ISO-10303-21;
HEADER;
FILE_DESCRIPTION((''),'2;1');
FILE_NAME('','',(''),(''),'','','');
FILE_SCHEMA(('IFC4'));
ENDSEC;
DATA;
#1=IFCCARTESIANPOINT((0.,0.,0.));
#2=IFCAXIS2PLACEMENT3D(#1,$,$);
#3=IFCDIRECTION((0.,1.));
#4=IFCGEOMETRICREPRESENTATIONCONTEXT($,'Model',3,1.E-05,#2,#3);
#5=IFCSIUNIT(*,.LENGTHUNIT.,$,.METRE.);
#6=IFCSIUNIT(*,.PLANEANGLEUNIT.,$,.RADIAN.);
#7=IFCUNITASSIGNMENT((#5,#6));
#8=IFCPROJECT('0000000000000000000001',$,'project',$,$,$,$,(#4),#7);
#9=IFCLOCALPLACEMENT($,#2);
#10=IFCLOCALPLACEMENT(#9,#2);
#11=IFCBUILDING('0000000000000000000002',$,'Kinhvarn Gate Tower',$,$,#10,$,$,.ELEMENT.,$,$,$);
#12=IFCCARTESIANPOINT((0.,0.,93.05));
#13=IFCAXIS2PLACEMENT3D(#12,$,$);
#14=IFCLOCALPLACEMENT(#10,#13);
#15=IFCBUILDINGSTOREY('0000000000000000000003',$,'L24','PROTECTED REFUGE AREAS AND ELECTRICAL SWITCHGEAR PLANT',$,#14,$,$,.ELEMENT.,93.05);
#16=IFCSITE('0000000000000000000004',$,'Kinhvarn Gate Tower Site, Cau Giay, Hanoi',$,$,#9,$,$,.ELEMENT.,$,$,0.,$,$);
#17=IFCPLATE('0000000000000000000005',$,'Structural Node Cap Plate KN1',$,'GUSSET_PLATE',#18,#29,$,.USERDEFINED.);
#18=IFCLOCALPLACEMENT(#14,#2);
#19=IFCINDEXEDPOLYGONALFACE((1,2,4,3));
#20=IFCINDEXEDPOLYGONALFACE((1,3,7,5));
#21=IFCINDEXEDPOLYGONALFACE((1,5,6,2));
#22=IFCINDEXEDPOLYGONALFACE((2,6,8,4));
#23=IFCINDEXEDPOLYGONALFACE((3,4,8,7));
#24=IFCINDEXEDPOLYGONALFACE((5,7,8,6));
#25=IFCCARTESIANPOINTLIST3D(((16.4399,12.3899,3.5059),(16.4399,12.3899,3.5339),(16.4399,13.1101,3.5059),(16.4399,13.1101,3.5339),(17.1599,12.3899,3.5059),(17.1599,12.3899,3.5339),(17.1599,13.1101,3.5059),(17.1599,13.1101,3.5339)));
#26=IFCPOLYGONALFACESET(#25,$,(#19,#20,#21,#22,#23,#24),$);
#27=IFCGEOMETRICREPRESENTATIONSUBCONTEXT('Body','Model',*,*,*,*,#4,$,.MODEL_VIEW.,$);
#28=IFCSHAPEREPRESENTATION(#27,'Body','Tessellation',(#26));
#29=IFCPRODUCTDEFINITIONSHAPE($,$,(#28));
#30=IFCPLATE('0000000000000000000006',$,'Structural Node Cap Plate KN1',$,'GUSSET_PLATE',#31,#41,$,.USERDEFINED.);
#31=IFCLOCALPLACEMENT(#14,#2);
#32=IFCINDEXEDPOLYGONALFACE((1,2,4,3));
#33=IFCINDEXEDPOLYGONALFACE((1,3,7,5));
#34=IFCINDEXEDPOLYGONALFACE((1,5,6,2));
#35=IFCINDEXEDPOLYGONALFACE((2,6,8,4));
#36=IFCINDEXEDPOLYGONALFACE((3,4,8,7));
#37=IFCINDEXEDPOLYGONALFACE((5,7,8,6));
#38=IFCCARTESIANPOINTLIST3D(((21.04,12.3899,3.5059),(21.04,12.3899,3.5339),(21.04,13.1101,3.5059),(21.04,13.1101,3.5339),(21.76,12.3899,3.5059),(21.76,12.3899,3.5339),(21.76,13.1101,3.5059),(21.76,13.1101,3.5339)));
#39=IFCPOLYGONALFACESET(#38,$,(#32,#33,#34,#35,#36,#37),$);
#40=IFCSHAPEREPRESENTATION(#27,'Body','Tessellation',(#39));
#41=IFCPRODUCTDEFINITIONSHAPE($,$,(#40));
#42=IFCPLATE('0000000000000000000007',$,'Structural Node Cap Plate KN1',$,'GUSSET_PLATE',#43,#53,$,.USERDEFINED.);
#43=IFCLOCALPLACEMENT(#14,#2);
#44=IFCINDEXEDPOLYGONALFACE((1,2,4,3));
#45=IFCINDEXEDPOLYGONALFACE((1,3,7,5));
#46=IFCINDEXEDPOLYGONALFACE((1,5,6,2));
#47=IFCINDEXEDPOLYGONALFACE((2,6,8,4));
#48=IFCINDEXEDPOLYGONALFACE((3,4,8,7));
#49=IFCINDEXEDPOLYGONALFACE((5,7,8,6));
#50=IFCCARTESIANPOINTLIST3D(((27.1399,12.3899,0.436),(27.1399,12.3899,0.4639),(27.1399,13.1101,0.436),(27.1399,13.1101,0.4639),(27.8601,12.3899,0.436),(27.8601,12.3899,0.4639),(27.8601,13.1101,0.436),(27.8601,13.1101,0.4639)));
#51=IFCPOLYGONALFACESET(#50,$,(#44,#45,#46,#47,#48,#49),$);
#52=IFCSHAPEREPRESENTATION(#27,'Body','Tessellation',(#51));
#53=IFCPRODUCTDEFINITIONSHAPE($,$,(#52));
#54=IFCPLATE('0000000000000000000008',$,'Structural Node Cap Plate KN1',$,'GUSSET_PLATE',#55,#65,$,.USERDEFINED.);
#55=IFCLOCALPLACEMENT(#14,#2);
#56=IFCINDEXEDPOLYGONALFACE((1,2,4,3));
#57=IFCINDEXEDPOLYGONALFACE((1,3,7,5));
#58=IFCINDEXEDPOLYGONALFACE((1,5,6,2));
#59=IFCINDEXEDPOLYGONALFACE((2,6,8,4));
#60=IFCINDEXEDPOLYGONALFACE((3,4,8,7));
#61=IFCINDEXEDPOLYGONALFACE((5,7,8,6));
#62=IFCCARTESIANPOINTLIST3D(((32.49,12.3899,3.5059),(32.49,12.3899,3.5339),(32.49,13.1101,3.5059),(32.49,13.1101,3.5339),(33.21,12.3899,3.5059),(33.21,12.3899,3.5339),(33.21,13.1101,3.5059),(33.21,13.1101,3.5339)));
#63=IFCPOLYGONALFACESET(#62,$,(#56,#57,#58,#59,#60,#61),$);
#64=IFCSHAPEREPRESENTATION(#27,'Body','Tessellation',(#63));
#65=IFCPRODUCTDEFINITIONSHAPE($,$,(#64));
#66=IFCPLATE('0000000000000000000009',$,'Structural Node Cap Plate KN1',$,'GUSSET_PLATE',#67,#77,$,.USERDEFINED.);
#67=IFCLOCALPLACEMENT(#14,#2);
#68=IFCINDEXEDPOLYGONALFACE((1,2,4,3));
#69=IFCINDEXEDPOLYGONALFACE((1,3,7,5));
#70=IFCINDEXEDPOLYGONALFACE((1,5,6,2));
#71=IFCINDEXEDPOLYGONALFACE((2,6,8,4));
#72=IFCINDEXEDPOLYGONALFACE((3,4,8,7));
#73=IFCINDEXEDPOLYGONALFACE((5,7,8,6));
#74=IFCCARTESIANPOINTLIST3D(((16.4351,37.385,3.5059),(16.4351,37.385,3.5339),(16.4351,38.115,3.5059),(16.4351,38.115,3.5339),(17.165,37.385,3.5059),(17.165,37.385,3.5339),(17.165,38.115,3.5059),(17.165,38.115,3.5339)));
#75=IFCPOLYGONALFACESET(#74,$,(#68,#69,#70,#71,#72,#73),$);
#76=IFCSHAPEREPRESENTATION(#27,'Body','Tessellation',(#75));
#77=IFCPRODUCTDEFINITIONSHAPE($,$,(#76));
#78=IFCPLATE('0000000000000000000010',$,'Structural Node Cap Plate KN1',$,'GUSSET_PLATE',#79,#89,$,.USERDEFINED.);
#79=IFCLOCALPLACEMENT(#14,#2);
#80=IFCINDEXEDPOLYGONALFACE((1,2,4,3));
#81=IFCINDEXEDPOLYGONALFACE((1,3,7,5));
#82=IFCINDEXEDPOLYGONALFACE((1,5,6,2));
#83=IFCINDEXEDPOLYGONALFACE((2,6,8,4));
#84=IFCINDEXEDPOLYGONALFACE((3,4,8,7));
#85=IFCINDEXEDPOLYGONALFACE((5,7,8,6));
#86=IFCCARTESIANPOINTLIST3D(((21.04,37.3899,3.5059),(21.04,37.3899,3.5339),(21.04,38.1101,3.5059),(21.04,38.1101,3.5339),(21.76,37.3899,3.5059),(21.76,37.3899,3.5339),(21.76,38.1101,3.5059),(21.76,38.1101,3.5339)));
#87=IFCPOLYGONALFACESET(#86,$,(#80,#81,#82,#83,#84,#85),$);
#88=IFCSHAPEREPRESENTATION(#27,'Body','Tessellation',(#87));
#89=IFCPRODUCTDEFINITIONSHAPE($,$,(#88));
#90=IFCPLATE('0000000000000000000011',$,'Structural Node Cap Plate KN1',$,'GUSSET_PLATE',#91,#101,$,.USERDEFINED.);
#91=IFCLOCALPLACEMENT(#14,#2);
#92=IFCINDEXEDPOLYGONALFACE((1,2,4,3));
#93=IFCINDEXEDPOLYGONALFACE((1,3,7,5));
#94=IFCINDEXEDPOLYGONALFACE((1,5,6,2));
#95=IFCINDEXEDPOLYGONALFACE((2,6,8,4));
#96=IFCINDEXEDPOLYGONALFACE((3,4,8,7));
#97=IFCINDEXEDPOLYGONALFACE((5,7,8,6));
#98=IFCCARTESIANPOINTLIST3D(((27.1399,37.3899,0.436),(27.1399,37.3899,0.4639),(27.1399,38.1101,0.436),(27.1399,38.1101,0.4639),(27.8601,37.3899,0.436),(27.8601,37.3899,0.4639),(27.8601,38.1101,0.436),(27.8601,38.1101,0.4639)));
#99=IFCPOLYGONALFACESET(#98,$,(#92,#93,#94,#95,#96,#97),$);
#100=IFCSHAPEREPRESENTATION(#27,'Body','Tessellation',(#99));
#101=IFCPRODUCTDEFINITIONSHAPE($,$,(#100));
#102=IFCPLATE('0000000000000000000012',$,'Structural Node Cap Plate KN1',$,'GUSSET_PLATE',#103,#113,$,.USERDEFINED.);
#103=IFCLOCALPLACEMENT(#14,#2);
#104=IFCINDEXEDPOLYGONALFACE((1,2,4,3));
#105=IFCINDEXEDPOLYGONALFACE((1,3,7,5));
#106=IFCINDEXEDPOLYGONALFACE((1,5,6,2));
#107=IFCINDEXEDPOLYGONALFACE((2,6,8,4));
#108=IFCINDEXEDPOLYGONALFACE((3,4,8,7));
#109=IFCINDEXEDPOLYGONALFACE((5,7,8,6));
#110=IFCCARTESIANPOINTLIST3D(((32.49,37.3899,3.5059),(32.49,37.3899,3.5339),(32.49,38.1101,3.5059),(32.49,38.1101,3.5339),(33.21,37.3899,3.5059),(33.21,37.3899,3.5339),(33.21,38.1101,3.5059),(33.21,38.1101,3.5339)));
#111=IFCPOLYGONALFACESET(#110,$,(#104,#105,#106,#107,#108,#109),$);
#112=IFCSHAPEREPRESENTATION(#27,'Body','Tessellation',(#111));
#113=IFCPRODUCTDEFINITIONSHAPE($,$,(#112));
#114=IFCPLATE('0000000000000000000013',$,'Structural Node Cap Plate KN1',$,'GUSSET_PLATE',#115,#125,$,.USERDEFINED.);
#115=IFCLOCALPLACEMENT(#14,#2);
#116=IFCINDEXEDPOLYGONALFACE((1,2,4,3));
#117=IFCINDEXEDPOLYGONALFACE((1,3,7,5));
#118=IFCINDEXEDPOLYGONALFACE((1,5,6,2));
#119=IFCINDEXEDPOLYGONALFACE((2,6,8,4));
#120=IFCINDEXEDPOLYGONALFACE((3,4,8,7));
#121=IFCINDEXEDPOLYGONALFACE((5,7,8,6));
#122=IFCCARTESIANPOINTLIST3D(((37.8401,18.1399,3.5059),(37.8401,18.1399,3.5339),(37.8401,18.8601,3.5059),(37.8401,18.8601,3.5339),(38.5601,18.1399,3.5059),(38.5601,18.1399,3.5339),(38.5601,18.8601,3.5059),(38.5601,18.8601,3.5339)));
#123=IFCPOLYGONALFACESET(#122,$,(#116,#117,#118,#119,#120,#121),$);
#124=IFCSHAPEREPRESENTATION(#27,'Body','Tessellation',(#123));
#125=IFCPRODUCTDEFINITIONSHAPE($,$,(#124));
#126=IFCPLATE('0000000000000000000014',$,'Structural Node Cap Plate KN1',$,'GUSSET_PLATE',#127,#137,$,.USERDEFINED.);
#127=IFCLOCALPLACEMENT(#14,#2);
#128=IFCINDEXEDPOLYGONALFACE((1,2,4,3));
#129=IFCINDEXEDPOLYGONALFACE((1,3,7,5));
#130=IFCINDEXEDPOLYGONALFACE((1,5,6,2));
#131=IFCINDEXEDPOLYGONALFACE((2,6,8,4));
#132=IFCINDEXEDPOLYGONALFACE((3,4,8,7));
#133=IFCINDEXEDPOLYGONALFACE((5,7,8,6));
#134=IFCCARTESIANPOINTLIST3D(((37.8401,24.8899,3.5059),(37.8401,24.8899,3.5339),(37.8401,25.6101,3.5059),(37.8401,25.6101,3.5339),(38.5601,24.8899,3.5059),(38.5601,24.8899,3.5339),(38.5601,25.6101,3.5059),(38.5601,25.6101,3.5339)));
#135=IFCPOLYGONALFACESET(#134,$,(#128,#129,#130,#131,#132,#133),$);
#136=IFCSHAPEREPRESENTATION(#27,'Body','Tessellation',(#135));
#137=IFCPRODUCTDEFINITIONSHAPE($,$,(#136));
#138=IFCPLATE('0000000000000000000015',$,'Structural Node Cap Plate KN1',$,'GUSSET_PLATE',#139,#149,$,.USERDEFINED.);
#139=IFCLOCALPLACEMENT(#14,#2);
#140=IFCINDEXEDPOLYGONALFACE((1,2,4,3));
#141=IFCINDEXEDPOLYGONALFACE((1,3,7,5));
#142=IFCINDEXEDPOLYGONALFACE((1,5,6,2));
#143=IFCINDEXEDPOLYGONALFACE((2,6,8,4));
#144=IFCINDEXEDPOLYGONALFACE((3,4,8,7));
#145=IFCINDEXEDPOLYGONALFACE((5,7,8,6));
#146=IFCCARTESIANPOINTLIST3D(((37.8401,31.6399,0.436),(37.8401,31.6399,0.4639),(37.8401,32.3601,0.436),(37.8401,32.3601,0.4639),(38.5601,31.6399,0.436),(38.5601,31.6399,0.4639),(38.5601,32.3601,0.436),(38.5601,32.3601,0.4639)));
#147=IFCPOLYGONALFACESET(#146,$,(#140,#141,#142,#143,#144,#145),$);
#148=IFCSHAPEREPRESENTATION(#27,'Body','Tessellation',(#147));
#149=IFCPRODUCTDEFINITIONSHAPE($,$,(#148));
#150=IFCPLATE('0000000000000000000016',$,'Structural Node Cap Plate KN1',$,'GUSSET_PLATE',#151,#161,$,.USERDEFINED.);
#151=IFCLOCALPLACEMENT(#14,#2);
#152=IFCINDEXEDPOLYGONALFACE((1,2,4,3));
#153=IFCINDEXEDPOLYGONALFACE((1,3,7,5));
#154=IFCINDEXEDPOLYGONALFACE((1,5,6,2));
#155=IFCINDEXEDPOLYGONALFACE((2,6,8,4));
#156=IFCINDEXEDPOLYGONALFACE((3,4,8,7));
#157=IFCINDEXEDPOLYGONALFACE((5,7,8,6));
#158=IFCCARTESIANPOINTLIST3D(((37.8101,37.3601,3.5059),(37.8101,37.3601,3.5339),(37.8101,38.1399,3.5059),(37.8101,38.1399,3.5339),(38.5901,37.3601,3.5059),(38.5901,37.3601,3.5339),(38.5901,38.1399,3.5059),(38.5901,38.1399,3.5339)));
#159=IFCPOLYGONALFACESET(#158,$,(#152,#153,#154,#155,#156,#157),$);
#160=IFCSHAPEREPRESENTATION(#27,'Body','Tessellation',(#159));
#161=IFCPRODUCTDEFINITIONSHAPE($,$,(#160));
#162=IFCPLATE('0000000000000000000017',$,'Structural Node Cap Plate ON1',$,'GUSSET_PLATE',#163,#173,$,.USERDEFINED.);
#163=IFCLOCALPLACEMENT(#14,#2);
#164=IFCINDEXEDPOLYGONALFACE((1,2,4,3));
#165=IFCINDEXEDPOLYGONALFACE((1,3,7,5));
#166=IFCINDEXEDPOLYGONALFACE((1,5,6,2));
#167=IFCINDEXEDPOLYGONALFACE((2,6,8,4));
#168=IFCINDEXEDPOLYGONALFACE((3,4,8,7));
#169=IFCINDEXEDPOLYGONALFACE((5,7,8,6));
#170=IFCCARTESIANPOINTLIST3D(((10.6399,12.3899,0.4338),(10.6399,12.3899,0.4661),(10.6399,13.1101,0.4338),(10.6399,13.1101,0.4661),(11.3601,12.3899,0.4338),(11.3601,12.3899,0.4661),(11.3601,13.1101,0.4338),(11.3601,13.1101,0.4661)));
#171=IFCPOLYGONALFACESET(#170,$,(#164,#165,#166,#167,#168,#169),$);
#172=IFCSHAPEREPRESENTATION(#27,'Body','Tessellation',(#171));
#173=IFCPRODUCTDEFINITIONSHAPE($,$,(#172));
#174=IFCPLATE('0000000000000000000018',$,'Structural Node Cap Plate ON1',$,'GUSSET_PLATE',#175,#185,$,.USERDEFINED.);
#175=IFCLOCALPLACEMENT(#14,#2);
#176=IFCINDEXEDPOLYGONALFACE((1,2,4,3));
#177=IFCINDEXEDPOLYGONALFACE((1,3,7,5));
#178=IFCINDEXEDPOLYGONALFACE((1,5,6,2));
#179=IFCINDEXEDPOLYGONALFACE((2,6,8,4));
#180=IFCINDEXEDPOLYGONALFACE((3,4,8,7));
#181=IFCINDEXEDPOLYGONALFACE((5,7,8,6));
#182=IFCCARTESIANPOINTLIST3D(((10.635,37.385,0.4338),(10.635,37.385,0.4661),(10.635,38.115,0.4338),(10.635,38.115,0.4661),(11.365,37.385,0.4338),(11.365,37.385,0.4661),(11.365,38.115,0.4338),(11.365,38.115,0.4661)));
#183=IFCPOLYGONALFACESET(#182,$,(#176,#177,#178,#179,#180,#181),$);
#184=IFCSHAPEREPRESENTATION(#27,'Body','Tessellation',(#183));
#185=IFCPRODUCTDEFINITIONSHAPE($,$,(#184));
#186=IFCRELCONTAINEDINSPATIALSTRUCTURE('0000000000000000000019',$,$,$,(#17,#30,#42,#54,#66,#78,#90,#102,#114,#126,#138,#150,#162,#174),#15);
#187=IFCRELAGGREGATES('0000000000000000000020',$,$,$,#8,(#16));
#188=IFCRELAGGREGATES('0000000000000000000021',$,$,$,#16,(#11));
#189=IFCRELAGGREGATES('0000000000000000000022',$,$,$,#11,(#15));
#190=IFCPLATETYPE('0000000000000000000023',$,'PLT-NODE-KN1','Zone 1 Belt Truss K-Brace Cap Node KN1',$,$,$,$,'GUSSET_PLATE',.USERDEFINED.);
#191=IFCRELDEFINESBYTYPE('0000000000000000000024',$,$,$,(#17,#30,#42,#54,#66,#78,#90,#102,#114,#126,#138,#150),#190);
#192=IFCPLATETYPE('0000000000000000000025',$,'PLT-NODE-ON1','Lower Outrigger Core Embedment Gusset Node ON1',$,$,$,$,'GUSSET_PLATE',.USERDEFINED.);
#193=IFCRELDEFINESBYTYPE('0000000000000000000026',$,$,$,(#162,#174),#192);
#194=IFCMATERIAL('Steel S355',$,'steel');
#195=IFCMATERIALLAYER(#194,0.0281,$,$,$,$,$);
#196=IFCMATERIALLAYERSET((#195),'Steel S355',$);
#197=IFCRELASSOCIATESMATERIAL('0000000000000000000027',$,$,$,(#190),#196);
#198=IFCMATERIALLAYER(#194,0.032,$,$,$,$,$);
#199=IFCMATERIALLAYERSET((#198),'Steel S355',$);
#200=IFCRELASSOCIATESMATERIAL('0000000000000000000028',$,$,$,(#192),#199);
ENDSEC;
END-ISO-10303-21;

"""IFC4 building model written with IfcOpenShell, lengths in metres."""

from ifc_helpers import new_model, si_unit, direction, frame, origin, place, context, subcontext, project, spatial, polyline, outline, extrude, material, layer, layer_set, type_object, element, save


model = new_model("IFC4")

# Units and contexts
model_context = context("Model", 3, precision=1e-05, world=origin(), true_north=direction((0.0, 1.0)))
body_context = subcontext(model_context, "Body", "Model", "MODEL_VIEW")
ifc_project = project(units=[si_unit("LENGTHUNIT", "METRE"), si_unit("PLANEANGLEUNIT", "RADIAN")], contexts=[model_context])

# Site, building, storey
site_placement = place(None, origin())
site = spatial("IfcSite", under=ifc_project, at=site_placement, Name="Kinhvarn Gate Tower Site, Cau Giay, Hanoi", CompositionType="ELEMENT", RefElevation=0.0)
building_placement = place(site_placement, origin())
building = spatial("IfcBuilding", under=site, at=building_placement, Name="Kinhvarn Gate Tower", CompositionType="ELEMENT")
storey_placement = place(building_placement, frame((0.0, 0.0, 93.05)))
storey = spatial("IfcBuildingStorey", under=building, at=storey_placement, Name="L24", Description="PROTECTED REFUGE AREAS AND ELECTRICAL SWITCHGEAR PLANT", CompositionType="ELEMENT", Elevation=93.05)

# Plates
ifc_material_1 = material(Name="Steel S355", Category="steel")
ifc_layer_1 = layer(ifc_material_1, 0.0281)
ifc_layer_set_1 = layer_set([ifc_layer_1], Name="Steel S355")
plate_type_1 = type_object("IfcPlateType", Name="PLT-NODE-KN1", Description="Zone 1 Belt Truss K-Brace Cap Node KN1", ElementType="GUSSET_PLATE", PredefinedType="USERDEFINED", material=ifc_layer_set_1)
plate_1_placement = place(storey_placement, frame((0.0, 0.0, 3.5059)))
element("IfcPlate", 1, at=plate_1_placement, inside=storey, type_object=plate_type_1, Name="Structural Node Cap Plate KN1", ObjectType="GUSSET_PLATE", PredefinedType="USERDEFINED", context=body_context, shape_type="SweptSolid", body=[
    extrude(outline(polyline([(16.4399, 12.3899), (17.1599, 12.3899), (17.1599, 13.1101), (16.4399, 13.1101), (16.4399, 12.3899)])), origin(), (0.0, 0.0, 1.0), 0.0281),
])
plate_2_placement = place(storey_placement, frame((0.0, 0.0, 3.5059)))
element("IfcPlate", 2, at=plate_2_placement, inside=storey, type_object=plate_type_1, Name="Structural Node Cap Plate KN1", ObjectType="GUSSET_PLATE", PredefinedType="USERDEFINED", context=body_context, shape_type="SweptSolid", body=[
    extrude(outline(polyline([(21.04, 12.3899), (21.76, 12.3899), (21.76, 13.1101), (21.04, 13.1101), (21.04, 12.3899)])), origin(), (0.0, 0.0, 1.0), 0.0281),
])
plate_3_placement = place(storey_placement, frame((0.0, 0.0, 0.436)))
element("IfcPlate", 3, at=plate_3_placement, inside=storey, type_object=plate_type_1, Name="Structural Node Cap Plate KN1", ObjectType="GUSSET_PLATE", PredefinedType="USERDEFINED", context=body_context, shape_type="SweptSolid", body=[
    extrude(outline(polyline([(27.1399, 12.3899), (27.8601, 12.3899), (27.8601, 13.1101), (27.1399, 13.1101), (27.1399, 12.3899)])), origin(), (0.0, 0.0, 1.0), 0.0278),
])
plate_4_placement = place(storey_placement, frame((0.0, 0.0, 3.5059)))
element("IfcPlate", 4, at=plate_4_placement, inside=storey, type_object=plate_type_1, Name="Structural Node Cap Plate KN1", ObjectType="GUSSET_PLATE", PredefinedType="USERDEFINED", context=body_context, shape_type="SweptSolid", body=[
    extrude(outline(polyline([(32.49, 12.3899), (33.21, 12.3899), (33.21, 13.1101), (32.49, 13.1101), (32.49, 12.3899)])), origin(), (0.0, 0.0, 1.0), 0.0281),
])
plate_5_placement = place(storey_placement, frame((0.0, 0.0, 3.5059)))
element("IfcPlate", 5, at=plate_5_placement, inside=storey, type_object=plate_type_1, Name="Structural Node Cap Plate KN1", ObjectType="GUSSET_PLATE", PredefinedType="USERDEFINED", context=body_context, shape_type="SweptSolid", body=[
    extrude(outline(polyline([(16.4351, 37.385), (17.165, 37.385), (17.165, 38.115), (16.4351, 38.115), (16.4351, 37.385)])), origin(), (0.0, 0.0, 1.0), 0.0281),
])
plate_6_placement = place(storey_placement, frame((0.0, 0.0, 3.5059)))
element("IfcPlate", 6, at=plate_6_placement, inside=storey, type_object=plate_type_1, Name="Structural Node Cap Plate KN1", ObjectType="GUSSET_PLATE", PredefinedType="USERDEFINED", context=body_context, shape_type="SweptSolid", body=[
    extrude(outline(polyline([(21.04, 37.3899), (21.76, 37.3899), (21.76, 38.1101), (21.04, 38.1101), (21.04, 37.3899)])), origin(), (0.0, 0.0, 1.0), 0.0281),
])
plate_7_placement = place(storey_placement, frame((0.0, 0.0, 0.436)))
element("IfcPlate", 7, at=plate_7_placement, inside=storey, type_object=plate_type_1, Name="Structural Node Cap Plate KN1", ObjectType="GUSSET_PLATE", PredefinedType="USERDEFINED", context=body_context, shape_type="SweptSolid", body=[
    extrude(outline(polyline([(27.1399, 37.3899), (27.8601, 37.3899), (27.8601, 38.1101), (27.1399, 38.1101), (27.1399, 37.3899)])), origin(), (0.0, 0.0, 1.0), 0.0278),
])
plate_8_placement = place(storey_placement, frame((0.0, 0.0, 3.5059)))
element("IfcPlate", 8, at=plate_8_placement, inside=storey, type_object=plate_type_1, Name="Structural Node Cap Plate KN1", ObjectType="GUSSET_PLATE", PredefinedType="USERDEFINED", context=body_context, shape_type="SweptSolid", body=[
    extrude(outline(polyline([(32.49, 37.3899), (33.21, 37.3899), (33.21, 38.1101), (32.49, 38.1101), (32.49, 37.3899)])), origin(), (0.0, 0.0, 1.0), 0.0281),
])
plate_9_placement = place(storey_placement, frame((0.0, 0.0, 3.5059)))
element("IfcPlate", 9, at=plate_9_placement, inside=storey, type_object=plate_type_1, Name="Structural Node Cap Plate KN1", ObjectType="GUSSET_PLATE", PredefinedType="USERDEFINED", context=body_context, shape_type="SweptSolid", body=[
    extrude(outline(polyline([(37.8401, 18.1399), (38.5601, 18.1399), (38.5601, 18.8601), (37.8401, 18.8601), (37.8401, 18.1399)])), origin(), (0.0, 0.0, 1.0), 0.0281),
])
plate_10_placement = place(storey_placement, frame((0.0, 0.0, 3.5059)))
element("IfcPlate", 10, at=plate_10_placement, inside=storey, type_object=plate_type_1, Name="Structural Node Cap Plate KN1", ObjectType="GUSSET_PLATE", PredefinedType="USERDEFINED", context=body_context, shape_type="SweptSolid", body=[
    extrude(outline(polyline([(37.8401, 24.8899), (38.5601, 24.8899), (38.5601, 25.6101), (37.8401, 25.6101), (37.8401, 24.8899)])), origin(), (0.0, 0.0, 1.0), 0.0281),
])
plate_11_placement = place(storey_placement, frame((0.0, 0.0, 0.436)))
element("IfcPlate", 11, at=plate_11_placement, inside=storey, type_object=plate_type_1, Name="Structural Node Cap Plate KN1", ObjectType="GUSSET_PLATE", PredefinedType="USERDEFINED", context=body_context, shape_type="SweptSolid", body=[
    extrude(outline(polyline([(37.8401, 31.6399), (38.5601, 31.6399), (38.5601, 32.3601), (37.8401, 32.3601), (37.8401, 31.6399)])), origin(), (0.0, 0.0, 1.0), 0.0278),
])
plate_12_placement = place(storey_placement, frame((0.0, 0.0, 3.5059)))
element("IfcPlate", 12, at=plate_12_placement, inside=storey, type_object=plate_type_1, Name="Structural Node Cap Plate KN1", ObjectType="GUSSET_PLATE", PredefinedType="USERDEFINED", context=body_context, shape_type="SweptSolid", body=[
    extrude(outline(polyline([(37.8101, 37.3601), (38.5901, 37.3601), (38.5901, 38.1399), (37.8101, 38.1399), (37.8101, 37.3601)])), origin(), (0.0, 0.0, 1.0), 0.0281),
])
ifc_layer_2 = layer(ifc_material_1, 0.032)
ifc_layer_set_2 = layer_set([ifc_layer_2], Name="Steel S355")
plate_type_2 = type_object("IfcPlateType", Name="PLT-NODE-ON1", Description="Lower Outrigger Core Embedment Gusset Node ON1", ElementType="GUSSET_PLATE", PredefinedType="USERDEFINED", material=ifc_layer_set_2)
plate_13_placement = place(storey_placement, frame((0.0, 0.0, 0.4338)))
element("IfcPlate", 13, at=plate_13_placement, inside=storey, type_object=plate_type_2, Name="Structural Node Cap Plate ON1", ObjectType="GUSSET_PLATE", PredefinedType="USERDEFINED", context=body_context, shape_type="SweptSolid", body=[
    extrude(outline(polyline([(10.6399, 12.3899), (11.3601, 12.3899), (11.3601, 13.1101), (10.6399, 13.1101), (10.6399, 12.3899)])), origin(), (0.0, 0.0, 1.0), 0.0322),
])
plate_14_placement = place(storey_placement, frame((0.0, 0.0, 0.4338)))
element("IfcPlate", 14, at=plate_14_placement, inside=storey, type_object=plate_type_2, Name="Structural Node Cap Plate ON1", ObjectType="GUSSET_PLATE", PredefinedType="USERDEFINED", context=body_context, shape_type="SweptSolid", body=[
    extrude(outline(polyline([(10.635, 37.385), (11.365, 37.385), (11.365, 38.115), (10.635, 38.115), (10.635, 37.385)])), origin(), (0.0, 0.0, 1.0), 0.0322),
])

save(model, "model.ifc")
